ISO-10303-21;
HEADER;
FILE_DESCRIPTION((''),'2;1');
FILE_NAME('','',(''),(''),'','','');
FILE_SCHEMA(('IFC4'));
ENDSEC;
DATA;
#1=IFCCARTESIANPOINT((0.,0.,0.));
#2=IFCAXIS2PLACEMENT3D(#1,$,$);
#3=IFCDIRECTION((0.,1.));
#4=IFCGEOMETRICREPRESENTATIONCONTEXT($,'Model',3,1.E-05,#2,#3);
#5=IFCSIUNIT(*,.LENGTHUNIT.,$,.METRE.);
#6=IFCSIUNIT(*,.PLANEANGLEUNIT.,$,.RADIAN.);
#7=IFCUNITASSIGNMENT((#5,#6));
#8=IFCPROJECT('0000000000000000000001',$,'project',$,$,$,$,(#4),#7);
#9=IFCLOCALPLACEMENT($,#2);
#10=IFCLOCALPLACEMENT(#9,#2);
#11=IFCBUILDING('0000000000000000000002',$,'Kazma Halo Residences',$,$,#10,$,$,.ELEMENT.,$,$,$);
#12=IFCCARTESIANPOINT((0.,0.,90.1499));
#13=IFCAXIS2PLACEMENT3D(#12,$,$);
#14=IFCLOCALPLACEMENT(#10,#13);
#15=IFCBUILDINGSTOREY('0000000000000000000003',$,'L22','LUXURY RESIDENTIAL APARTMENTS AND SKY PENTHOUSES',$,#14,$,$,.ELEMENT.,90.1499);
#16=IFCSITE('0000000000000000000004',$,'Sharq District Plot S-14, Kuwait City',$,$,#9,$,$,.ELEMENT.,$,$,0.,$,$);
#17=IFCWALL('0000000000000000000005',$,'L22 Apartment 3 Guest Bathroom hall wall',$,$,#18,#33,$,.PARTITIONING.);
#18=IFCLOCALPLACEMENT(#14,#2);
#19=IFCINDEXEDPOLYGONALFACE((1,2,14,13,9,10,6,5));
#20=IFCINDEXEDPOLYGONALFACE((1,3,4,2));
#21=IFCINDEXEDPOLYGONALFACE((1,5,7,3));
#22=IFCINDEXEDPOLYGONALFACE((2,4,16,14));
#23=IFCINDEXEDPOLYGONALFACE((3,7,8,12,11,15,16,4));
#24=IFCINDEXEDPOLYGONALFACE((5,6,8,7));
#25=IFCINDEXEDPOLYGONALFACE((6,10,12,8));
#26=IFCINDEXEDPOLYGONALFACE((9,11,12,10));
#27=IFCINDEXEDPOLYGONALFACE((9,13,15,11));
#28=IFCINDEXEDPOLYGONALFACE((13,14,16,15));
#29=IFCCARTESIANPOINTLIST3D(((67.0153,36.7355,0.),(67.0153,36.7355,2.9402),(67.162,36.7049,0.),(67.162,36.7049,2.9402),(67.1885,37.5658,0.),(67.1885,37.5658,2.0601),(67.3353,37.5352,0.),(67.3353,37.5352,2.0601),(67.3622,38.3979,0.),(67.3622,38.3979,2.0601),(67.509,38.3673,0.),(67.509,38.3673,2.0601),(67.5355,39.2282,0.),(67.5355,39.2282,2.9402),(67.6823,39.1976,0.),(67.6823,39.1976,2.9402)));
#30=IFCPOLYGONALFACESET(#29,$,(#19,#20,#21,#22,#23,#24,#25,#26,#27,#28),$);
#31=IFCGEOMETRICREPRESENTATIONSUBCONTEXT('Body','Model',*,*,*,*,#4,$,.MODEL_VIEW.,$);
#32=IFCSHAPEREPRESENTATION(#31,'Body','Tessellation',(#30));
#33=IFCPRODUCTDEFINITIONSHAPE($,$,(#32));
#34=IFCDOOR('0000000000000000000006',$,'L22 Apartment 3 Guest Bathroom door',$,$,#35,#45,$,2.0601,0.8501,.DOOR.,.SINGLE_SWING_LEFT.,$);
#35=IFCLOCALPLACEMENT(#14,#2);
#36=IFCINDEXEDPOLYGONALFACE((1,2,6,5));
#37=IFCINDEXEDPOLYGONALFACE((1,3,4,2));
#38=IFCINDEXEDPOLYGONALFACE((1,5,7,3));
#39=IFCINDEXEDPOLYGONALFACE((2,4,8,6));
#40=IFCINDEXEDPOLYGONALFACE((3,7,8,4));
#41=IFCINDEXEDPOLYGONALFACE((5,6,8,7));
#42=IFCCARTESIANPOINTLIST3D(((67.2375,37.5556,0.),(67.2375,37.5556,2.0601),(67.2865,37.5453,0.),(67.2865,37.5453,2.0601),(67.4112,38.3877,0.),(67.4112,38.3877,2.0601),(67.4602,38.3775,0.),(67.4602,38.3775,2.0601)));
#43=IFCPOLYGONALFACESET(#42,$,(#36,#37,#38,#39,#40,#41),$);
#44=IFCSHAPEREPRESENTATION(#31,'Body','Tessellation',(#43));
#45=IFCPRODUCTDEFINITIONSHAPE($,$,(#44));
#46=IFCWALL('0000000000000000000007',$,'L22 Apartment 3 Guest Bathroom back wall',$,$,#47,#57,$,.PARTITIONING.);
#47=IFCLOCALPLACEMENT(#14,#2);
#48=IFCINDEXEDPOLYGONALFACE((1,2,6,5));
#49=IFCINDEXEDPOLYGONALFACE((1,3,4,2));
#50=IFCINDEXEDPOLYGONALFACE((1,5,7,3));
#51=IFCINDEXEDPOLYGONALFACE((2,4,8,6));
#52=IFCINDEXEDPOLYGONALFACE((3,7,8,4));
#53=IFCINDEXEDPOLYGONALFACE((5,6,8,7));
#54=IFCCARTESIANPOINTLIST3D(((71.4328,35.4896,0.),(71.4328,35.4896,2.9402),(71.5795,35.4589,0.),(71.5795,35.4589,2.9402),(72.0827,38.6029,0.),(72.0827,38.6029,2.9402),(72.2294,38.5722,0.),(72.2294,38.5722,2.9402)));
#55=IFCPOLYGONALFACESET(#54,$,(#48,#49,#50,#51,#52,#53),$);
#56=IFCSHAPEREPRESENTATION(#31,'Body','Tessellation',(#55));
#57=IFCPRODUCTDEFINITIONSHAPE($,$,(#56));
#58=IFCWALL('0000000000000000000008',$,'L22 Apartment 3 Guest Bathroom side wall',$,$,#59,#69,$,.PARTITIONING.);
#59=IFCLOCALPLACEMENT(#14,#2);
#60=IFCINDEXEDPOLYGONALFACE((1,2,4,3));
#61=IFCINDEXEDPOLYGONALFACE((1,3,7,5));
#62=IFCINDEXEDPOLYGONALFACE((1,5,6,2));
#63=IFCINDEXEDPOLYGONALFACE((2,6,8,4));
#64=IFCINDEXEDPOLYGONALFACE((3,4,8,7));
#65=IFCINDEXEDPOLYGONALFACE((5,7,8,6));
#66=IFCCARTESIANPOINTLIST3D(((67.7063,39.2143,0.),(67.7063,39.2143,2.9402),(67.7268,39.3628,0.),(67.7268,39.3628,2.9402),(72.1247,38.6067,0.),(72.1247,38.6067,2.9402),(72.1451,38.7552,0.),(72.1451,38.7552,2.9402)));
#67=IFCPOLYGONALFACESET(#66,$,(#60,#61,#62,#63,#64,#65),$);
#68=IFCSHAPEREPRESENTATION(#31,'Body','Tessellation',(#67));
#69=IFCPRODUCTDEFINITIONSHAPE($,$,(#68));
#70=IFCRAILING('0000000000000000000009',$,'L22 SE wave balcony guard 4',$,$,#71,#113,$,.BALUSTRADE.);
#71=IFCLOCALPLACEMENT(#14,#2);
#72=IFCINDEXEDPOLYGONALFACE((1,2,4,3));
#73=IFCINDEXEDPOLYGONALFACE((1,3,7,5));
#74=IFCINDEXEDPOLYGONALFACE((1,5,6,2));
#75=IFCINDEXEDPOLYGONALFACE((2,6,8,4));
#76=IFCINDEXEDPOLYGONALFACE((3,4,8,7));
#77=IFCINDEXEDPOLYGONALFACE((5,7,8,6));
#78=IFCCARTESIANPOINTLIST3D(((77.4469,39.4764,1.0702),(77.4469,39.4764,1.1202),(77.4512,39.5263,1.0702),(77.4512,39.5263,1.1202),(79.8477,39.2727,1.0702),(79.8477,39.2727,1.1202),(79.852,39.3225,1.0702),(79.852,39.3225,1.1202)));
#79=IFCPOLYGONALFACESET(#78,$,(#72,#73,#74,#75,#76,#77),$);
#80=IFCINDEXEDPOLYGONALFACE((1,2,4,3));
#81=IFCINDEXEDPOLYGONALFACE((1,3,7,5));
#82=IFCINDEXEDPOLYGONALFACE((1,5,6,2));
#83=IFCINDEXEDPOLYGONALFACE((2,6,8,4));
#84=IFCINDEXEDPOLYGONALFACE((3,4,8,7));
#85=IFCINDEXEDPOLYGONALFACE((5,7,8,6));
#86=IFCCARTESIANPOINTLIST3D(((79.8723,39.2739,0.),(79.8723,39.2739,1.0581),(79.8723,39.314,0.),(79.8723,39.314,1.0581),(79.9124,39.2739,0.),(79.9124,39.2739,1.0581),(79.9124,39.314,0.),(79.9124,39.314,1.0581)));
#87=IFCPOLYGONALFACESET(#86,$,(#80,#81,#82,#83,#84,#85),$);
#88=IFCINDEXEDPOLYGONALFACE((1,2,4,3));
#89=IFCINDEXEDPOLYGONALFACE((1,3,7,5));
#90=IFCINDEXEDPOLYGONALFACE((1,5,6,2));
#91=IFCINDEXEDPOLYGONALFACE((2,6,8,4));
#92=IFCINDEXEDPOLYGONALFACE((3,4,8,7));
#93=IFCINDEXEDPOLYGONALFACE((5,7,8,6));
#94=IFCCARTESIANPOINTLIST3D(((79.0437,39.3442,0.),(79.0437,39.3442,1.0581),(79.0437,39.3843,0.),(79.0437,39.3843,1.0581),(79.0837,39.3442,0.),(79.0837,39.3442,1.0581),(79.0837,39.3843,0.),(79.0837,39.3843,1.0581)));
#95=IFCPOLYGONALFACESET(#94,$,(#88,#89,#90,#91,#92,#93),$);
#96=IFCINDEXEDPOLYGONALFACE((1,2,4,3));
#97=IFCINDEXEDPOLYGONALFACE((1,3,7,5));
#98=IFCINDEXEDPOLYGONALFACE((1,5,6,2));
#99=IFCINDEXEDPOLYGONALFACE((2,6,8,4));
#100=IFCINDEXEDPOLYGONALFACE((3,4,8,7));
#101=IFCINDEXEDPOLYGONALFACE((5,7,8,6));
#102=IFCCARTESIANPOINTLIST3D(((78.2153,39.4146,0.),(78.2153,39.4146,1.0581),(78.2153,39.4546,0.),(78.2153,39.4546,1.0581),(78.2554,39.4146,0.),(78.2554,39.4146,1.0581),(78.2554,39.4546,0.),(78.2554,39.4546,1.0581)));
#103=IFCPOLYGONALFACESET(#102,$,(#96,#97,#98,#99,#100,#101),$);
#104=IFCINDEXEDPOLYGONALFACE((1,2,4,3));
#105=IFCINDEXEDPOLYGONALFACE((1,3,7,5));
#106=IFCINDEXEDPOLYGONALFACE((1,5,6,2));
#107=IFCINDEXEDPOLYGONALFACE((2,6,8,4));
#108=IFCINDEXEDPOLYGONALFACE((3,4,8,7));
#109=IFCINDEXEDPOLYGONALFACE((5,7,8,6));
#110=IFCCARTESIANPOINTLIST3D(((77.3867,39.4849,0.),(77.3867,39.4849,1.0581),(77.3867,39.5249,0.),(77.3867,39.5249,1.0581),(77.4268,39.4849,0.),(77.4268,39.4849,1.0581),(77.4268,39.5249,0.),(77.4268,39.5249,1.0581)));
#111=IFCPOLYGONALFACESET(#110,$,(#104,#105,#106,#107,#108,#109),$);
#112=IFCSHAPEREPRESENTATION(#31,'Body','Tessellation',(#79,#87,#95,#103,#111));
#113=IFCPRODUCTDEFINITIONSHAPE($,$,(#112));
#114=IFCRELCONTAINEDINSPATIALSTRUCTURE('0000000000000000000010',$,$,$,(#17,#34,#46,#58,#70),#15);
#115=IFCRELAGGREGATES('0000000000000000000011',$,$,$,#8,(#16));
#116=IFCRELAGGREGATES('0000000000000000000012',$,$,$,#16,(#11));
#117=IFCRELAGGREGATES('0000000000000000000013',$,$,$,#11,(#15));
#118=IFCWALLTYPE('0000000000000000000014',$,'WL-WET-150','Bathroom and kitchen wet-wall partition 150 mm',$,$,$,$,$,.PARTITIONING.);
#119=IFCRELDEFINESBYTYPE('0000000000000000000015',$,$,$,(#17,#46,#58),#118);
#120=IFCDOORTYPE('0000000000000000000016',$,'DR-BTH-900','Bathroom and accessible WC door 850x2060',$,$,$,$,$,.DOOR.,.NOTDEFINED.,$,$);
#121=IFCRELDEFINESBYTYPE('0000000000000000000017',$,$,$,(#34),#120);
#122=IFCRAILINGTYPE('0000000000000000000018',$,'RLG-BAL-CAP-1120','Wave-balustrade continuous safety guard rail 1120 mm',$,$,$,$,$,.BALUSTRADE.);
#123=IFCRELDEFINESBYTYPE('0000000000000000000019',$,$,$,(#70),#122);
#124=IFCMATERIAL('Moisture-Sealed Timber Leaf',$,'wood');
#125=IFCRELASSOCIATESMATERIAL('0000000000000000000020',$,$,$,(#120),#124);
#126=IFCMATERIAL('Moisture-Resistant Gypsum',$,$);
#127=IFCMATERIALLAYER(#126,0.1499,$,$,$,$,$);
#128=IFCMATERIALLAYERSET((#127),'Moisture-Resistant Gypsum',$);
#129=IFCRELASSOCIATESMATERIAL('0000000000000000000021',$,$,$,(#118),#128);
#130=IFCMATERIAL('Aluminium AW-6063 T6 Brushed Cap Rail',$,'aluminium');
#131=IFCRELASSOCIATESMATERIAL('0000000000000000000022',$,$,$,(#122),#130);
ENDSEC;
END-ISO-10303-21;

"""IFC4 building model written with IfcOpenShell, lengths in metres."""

from ifc_helpers import new_model, si_unit, direction, frame, frame_2d, origin, origin_2d, place, context, subcontext, project, spatial, rectangle, extrude, material, layer, layer_set, type_object, element, fill, save


model = new_model("IFC4")

# Units and contexts
model_context = context("Model", 3, precision=1e-05, world=origin(), true_north=direction((0.0, 1.0)))
body_context = subcontext(model_context, "Body", "Model", "MODEL_VIEW")
ifc_project = project(units=[si_unit("LENGTHUNIT", "METRE"), si_unit("PLANEANGLEUNIT", "RADIAN")], contexts=[model_context])

# Site, building, storey
site_placement = place(None, origin())
site = spatial("IfcSite", under=ifc_project, at=site_placement, Name="Sharq District Plot S-14, Kuwait City", CompositionType="ELEMENT", RefElevation=0.0)
building_placement = place(site_placement, origin())
building = spatial("IfcBuilding", under=site, at=building_placement, Name="Kazma Halo Residences", CompositionType="ELEMENT")
storey_placement = place(building_placement, frame((0.0, 0.0, 90.1499)))
storey = spatial("IfcBuildingStorey", under=building, at=storey_placement, Name="L22", Description="LUXURY RESIDENTIAL APARTMENTS AND SKY PENTHOUSES", CompositionType="ELEMENT", Elevation=90.1499)

# Shared definitions
ifc_material_1 = material(Name="Moisture-Sealed Timber Leaf", Category="wood")
door_type = type_object("IfcDoorType", Name="DR-BTH-900", Description="Bathroom and accessible WC door 850x2060", OperationType="NOTDEFINED", PredefinedType="DOOR", material=ifc_material_1)

# Wall, opening, door
ifc_material_2 = material(Name="Moisture-Resistant Gypsum")
ifc_layer_1 = layer(ifc_material_2, 0.1499)
ifc_layer_set_1 = layer_set([ifc_layer_1], Name="Moisture-Resistant Gypsum")
wall_type_1 = type_object("IfcWallType", Name="WL-WET-150", Description="Bathroom and kitchen wet-wall partition 150 mm", PredefinedType="PARTITIONING", material=ifc_layer_set_1)
wall_1_placement = place(storey_placement, frame((67.0886, 36.7202, 0.0), z_axis=(0.0, 0.0, 1.0), x_axis=(0.204314, 0.978905, 0.0)))
wall_1 = element("IfcWall", 1, at=wall_1_placement, inside=storey, type_object=wall_type_1, Name="L22 Apartment 3 Guest Bathroom hall wall", PredefinedType="PARTITIONING", context=body_context, shape_type="SweptSolid", body=[
    extrude(rectangle(XDim=2.5464, YDim=0.1499, at=frame_2d((1.2732, 0.0))), origin(), (0.0, 0.0, 1.0), 2.9402),
])
opening_1_placement = place(wall_1_placement, frame((0.8481, 0.0, 0.0)))
opening_1 = element("IfcOpeningElement", 2, at=opening_1_placement, cuts=wall_1, PredefinedType="OPENING", context=body_context, shape_type="SweptSolid", body=[
    extrude(rectangle(XDim=0.8501, YDim=2.0601, at=frame_2d((0.425, 1.03))), frame((0.0, 0.085, 0.0), z_axis=(0.0, -1.0, 0.0), x_axis=(1.0, 0.0, 0.0)), (0.0, 0.0, 1.0), 0.1699),
])
door_1_placement = place(opening_1_placement, origin())
door_1 = element("IfcDoor", 3, at=door_1_placement, inside=storey, type_object=door_type, Name="L22 Apartment 3 Guest Bathroom door", OperationType="SINGLE_SWING_LEFT", OverallHeight=2.0601, OverallWidth=0.8501, PredefinedType="DOOR", context=body_context, shape_type="SweptSolid", body=[
    extrude(rectangle(XDim=0.8501, YDim=2.0601, at=frame_2d((0.425, 1.03))), frame((0.0, 0.0249, 0.0), z_axis=(0.0, -1.0, 0.0), x_axis=(1.0, 0.0, 0.0)), (0.0, 0.0, 1.0), 0.05),
])
fill(opening_1, door_1)

# Walls
wall_2_placement = place(storey_placement, frame((71.5061, 35.4741, 0.0), z_axis=(0.0, 0.0, 1.0), x_axis=(0.204347, 0.978899, 0.0)))
element("IfcWall", 4, at=wall_2_placement, inside=storey, type_object=wall_type_1, Name="L22 Apartment 3 Guest Bathroom back wall", PredefinedType="PARTITIONING", context=body_context, shape_type="SweptSolid", body=[
    extrude(rectangle(XDim=3.1804, YDim=0.1499, at=frame_2d((1.5903, 0.0))), origin(), (0.0, 0.0, 1.0), 2.9402),
])
wall_3_placement = place(storey_placement, frame((67.7166, 39.2886, 0.0), z_axis=(0.0, 0.0, 1.0), x_axis=(0.990675, -0.136247, 0.0)))
element("IfcWall", 5, at=wall_3_placement, inside=storey, type_object=wall_type_1, Name="L22 Apartment 3 Guest Bathroom side wall", PredefinedType="PARTITIONING", context=body_context, shape_type="SweptSolid", body=[
    extrude(rectangle(XDim=4.46, YDim=0.1499, at=frame_2d((2.23, 0.0))), origin(), (0.0, 0.0, 1.0), 2.9402),
])

# Railing
ifc_material_3 = material(Name="Aluminium AW-6063 T6 Brushed Cap Rail", Category="aluminium")
railing_type = type_object("IfcRailingType", Name="RLG-BAL-CAP-1120", Description="Wave-balustrade continuous safety guard rail 1120 mm", PredefinedType="BALUSTRADE", material=ifc_material_3)
railing_placement = place(storey_placement, frame((79.8923, 39.2939, 0.0)))
element("IfcRailing", 6, at=railing_placement, inside=storey, type_object=railing_type, Name="L22 SE wave balcony guard 4", PredefinedType="BALUSTRADE", context=body_context, shape_type="SweptSolid", body=[
    extrude(rectangle(XDim=0.05, YDim=0.05, at=origin_2d()), frame((-0.0425, 0.0037, 1.0952), z_axis=(-0.996418, 0.08456, 0.0), x_axis=(-0.08456, -0.996418, 0.0)), (0.0, 0.0, 1.0), 2.4094),
    extrude(rectangle(XDim=0.04, YDim=0.04, at=origin_2d()), origin(), (0.0, 0.0, 1.0), 1.0581),
    extrude(rectangle(XDim=0.04, YDim=0.04, at=origin_2d()), frame((-0.8286, 0.0703, 0.0)), (0.0, 0.0, 1.0), 1.0581),
    extrude(rectangle(XDim=0.04, YDim=0.04, at=origin_2d()), frame((-1.657, 0.1406, 0.0)), (0.0, 0.0, 1.0), 1.0581),
    extrude(rectangle(XDim=0.04, YDim=0.04, at=origin_2d()), frame((-2.4856, 0.2109, 0.0)), (0.0, 0.0, 1.0), 1.0581),
])

save(model, "model.ifc")
